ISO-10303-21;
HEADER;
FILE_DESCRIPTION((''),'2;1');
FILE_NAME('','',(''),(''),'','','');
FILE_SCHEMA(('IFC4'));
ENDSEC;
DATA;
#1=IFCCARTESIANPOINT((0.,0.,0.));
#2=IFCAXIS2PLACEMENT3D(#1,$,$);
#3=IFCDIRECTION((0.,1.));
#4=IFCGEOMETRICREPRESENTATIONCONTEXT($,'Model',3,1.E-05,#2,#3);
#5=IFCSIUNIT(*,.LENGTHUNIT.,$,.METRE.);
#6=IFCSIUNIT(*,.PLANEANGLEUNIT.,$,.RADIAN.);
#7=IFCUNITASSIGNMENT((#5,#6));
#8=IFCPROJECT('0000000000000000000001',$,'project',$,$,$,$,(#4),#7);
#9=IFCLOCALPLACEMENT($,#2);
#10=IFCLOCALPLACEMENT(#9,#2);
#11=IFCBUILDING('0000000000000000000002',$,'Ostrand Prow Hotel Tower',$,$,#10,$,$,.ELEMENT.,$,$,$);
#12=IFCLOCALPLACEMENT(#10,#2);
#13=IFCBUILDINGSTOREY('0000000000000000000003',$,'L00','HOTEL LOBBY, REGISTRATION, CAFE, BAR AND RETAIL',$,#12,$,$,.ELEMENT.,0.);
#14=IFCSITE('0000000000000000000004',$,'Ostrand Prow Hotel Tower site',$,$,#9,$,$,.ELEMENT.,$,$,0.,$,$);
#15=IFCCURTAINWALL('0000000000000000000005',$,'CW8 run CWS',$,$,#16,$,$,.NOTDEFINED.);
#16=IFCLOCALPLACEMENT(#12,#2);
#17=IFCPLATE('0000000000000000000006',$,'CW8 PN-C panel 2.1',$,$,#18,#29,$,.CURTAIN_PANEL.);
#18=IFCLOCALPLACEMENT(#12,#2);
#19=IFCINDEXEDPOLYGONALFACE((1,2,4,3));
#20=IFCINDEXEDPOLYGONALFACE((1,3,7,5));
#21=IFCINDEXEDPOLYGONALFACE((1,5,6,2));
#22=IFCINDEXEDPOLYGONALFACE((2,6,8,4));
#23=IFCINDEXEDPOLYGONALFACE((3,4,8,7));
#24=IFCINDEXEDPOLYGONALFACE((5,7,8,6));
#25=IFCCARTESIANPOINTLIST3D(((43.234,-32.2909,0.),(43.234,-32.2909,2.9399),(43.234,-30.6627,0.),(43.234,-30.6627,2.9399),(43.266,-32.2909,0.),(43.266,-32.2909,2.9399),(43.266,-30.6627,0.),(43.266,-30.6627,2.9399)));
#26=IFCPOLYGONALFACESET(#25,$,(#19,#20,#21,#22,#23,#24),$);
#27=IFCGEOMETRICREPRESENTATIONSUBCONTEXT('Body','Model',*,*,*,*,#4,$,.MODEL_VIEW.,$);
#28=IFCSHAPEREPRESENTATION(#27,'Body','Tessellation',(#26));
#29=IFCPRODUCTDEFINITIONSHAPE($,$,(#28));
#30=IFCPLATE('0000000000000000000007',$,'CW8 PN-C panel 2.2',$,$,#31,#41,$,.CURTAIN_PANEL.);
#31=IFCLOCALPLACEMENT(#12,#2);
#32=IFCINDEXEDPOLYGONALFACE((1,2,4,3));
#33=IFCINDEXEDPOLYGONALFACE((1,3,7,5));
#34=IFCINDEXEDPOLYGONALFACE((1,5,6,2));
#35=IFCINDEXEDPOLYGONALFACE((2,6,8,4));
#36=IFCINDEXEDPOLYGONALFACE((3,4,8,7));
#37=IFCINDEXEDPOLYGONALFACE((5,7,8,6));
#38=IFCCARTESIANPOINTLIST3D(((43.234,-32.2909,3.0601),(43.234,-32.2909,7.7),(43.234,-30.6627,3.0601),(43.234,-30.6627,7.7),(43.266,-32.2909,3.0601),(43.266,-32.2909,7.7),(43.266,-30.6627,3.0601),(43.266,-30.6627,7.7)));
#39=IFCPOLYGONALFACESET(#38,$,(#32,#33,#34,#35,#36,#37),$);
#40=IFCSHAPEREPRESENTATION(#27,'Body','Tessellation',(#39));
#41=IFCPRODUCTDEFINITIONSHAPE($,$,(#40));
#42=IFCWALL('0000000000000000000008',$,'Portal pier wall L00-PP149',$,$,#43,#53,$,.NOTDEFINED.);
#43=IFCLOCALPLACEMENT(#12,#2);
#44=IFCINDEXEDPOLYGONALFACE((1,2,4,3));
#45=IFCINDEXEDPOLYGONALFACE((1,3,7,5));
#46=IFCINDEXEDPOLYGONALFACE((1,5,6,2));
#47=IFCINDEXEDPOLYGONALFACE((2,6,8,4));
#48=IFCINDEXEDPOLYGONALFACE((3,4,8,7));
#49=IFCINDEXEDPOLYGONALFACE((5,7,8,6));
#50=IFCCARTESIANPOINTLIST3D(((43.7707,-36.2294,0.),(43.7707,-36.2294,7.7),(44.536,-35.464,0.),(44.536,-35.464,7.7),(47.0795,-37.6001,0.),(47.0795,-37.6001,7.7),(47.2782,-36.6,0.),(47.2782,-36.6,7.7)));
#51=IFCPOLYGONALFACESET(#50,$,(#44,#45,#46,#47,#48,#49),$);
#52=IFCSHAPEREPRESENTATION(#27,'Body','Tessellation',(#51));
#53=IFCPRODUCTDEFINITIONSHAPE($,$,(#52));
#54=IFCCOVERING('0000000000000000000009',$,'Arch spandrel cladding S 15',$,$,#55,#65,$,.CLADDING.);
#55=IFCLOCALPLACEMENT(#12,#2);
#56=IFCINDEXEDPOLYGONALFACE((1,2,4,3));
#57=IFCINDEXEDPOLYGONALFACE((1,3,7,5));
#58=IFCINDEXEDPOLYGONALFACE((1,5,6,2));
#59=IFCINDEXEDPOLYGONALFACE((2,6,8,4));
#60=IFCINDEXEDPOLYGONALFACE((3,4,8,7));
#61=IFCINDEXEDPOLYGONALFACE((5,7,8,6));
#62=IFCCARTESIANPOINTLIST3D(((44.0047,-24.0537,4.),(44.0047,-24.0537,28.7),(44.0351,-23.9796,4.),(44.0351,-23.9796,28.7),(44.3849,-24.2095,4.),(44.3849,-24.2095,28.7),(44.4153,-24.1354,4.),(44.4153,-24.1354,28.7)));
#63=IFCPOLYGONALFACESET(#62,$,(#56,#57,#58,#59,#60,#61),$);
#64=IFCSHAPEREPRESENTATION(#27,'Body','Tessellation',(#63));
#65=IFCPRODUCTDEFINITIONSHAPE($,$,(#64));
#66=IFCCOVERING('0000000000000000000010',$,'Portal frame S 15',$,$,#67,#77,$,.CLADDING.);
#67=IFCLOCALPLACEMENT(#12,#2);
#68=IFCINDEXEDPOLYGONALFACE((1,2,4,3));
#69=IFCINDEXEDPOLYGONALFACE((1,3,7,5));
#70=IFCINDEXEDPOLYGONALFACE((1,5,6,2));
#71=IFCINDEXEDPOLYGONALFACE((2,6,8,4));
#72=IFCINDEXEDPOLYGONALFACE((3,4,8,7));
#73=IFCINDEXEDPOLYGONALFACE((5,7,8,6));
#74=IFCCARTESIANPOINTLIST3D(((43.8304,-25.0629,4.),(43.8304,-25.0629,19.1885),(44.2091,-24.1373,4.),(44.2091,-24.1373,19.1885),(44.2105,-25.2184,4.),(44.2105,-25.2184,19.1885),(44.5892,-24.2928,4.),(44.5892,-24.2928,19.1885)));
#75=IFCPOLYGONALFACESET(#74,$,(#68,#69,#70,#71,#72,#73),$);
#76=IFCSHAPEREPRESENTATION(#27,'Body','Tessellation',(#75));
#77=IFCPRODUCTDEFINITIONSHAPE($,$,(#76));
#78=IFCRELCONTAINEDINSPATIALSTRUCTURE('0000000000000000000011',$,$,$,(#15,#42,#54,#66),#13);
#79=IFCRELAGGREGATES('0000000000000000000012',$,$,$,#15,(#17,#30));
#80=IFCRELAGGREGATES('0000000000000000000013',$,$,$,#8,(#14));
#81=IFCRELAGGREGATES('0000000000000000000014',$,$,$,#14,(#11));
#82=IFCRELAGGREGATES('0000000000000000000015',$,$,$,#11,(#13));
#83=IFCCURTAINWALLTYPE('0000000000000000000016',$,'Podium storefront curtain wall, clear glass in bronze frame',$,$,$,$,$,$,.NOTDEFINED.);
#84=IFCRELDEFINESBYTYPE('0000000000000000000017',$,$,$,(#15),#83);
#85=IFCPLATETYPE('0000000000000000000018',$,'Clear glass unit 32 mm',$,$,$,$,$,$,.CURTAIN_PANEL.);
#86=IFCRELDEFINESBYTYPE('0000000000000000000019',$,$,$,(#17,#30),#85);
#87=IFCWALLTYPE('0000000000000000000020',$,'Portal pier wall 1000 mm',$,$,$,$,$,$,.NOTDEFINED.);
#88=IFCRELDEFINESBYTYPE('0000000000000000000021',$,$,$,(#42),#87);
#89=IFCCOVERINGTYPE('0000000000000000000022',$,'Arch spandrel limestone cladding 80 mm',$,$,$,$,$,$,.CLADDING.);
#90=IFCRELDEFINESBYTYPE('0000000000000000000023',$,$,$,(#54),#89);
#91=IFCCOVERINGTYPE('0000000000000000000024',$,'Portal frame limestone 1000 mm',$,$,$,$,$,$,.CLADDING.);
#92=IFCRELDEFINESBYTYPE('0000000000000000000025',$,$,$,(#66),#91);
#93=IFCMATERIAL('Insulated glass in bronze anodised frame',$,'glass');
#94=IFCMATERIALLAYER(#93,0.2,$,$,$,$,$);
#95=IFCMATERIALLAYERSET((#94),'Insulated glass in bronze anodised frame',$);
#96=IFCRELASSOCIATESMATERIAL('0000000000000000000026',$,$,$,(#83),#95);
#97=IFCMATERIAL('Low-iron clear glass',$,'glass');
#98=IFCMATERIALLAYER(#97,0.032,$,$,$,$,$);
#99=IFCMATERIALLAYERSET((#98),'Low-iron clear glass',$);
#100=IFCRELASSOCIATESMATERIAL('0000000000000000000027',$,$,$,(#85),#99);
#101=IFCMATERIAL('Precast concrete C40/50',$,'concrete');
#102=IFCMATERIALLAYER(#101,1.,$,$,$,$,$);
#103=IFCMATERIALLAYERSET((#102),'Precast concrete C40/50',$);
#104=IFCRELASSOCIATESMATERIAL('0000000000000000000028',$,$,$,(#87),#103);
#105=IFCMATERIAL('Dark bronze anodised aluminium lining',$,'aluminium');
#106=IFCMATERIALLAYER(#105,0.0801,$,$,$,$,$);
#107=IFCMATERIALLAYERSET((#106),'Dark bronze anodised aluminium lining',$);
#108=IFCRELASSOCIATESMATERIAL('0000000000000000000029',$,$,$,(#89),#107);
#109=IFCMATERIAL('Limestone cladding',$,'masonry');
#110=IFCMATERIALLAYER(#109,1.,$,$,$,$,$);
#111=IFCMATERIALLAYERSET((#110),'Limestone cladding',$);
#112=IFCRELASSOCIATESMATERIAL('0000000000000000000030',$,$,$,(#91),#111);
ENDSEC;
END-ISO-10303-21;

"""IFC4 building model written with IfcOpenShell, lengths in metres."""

from ifc_helpers import new_model, si_unit, direction, frame, frame_2d, origin, origin_2d, place, context, subcontext, project, spatial, polyline, rectangle, outline, extrude, material, layer, layer_set, type_object, element, aggregate, save


model = new_model("IFC4")

# Units and contexts
model_context = context("Model", 3, precision=1e-05, world=origin(), true_north=direction((0.0, 1.0)))
body_context = subcontext(model_context, "Body", "Model", "MODEL_VIEW")
ifc_project = project(units=[si_unit("LENGTHUNIT", "METRE"), si_unit("PLANEANGLEUNIT", "RADIAN")], contexts=[model_context])

# Site, building, storey
site_placement = place(None, origin())
site = spatial("IfcSite", under=ifc_project, at=site_placement, Name="Ostrand Prow Hotel Tower site", CompositionType="ELEMENT", RefElevation=0.0)
building_placement = place(site_placement, origin())
building = spatial("IfcBuilding", under=site, at=building_placement, Name="Ostrand Prow Hotel Tower", CompositionType="ELEMENT")
storey_placement = place(building_placement, origin())
storey = spatial("IfcBuildingStorey", under=building, at=storey_placement, Name="L00", Description="HOTEL LOBBY, REGISTRATION, CAFE, BAR AND RETAIL", CompositionType="ELEMENT", Elevation=0.0)

# Curtain wall
ifc_material_1 = material(Name="Insulated glass in bronze anodised frame", Category="glass")
ifc_layer_1 = layer(ifc_material_1, 0.2)
ifc_layer_set_1 = layer_set([ifc_layer_1], Name="Insulated glass in bronze anodised frame")
curtain_wall_type = type_object("IfcCurtainWallType", Name="Podium storefront curtain wall, clear glass in bronze frame", PredefinedType="NOTDEFINED", material=ifc_layer_set_1)
curtain_wall_1_placement = place(storey_placement, origin())
curtain_wall_1 = element("IfcCurtainWall", 1, at=curtain_wall_1_placement, inside=storey, type_object=curtain_wall_type, Name="CW8 run CWS", PredefinedType="NOTDEFINED")

# Plates
ifc_material_2 = material(Name="Low-iron clear glass", Category="glass")
ifc_layer_2 = layer(ifc_material_2, 0.032)
ifc_layer_set_2 = layer_set([ifc_layer_2], Name="Low-iron clear glass")
plate_type = type_object("IfcPlateType", Name="Clear glass unit 32 mm", PredefinedType="CURTAIN_PANEL", material=ifc_layer_set_2)
plate_1_placement = place(storey_placement, frame((43.25, -31.4768, 0.0), z_axis=(0.0, 0.0, 1.0), x_axis=(0.0, -1.0, 0.0)))
plate_1 = element("IfcPlate", 2, at=plate_1_placement, type_object=plate_type, Name="CW8 PN-C panel 2.1", PredefinedType="CURTAIN_PANEL", context=body_context, shape_type="SweptSolid", body=[
    extrude(rectangle(XDim=1.6282, YDim=0.032, at=origin_2d()), origin(), (0.0, 0.0, 1.0), 2.9399),
])
plate_2_placement = place(storey_placement, frame((43.25, -31.4768, 3.0601), z_axis=(0.0, 0.0, 1.0), x_axis=(0.0, -1.0, 0.0)))
plate_2 = element("IfcPlate", 3, at=plate_2_placement, type_object=plate_type, Name="CW8 PN-C panel 2.2", PredefinedType="CURTAIN_PANEL", context=body_context, shape_type="SweptSolid", body=[
    extrude(rectangle(XDim=1.6282, YDim=0.032, at=origin_2d()), origin(), (0.0, 0.0, 1.0), 4.6399),
])
aggregate(curtain_wall_1, [plate_1, plate_2])

# Wall
ifc_material_3 = material(Name="Precast concrete C40/50", Category="concrete")
ifc_layer_3 = layer(ifc_material_3, 1.0)
ifc_layer_set_3 = layer_set([ifc_layer_3], Name="Precast concrete C40/50")
wall_type = type_object("IfcWallType", Name="Portal pier wall 1000 mm", PredefinedType="NOTDEFINED", material=ifc_layer_set_3)
wall_placement = place(storey_placement, frame((44.1533, -35.8467, 0.0), z_axis=(0.0, 0.0, 1.0), x_axis=(0.923862, -0.382725, 0.0)))
element("IfcWall", 4, at=wall_placement, inside=storey, type_object=wall_type, Name="Portal pier wall L00-PP149", PredefinedType="NOTDEFINED", context=body_context, shape_type="SweptSolid", body=[
    extrude(outline(polyline([(-0.207, -0.5), (3.3745, -0.5), (3.1753, 0.5), (0.207, 0.5), (-0.207, -0.5)])), origin(), (0.0, 0.0, 1.0), 7.7),
])

# Coverings
ifc_material_4 = material(Name="Dark bronze anodised aluminium lining", Category="aluminium")
ifc_layer_4 = layer(ifc_material_4, 0.0801)
ifc_layer_set_4 = layer_set([ifc_layer_4], Name="Dark bronze anodised aluminium lining")
covering_type_1 = type_object("IfcCoveringType", Name="Arch spandrel limestone cladding 80 mm", PredefinedType="CLADDING", material=ifc_layer_set_4)
covering_1_placement = place(storey_placement, frame((44.0198, -24.0166, 4.0), z_axis=(0.0, 0.0, 1.0), x_axis=(0.925329, -0.379165, 0.0)))
element("IfcCovering", 5, at=covering_1_placement, inside=storey, type_object=covering_type_1, Name="Arch spandrel cladding S 15", PredefinedType="CLADDING", context=body_context, shape_type="SweptSolid", body=[
    extrude(rectangle(XDim=0.4109, YDim=0.0801, at=frame_2d((0.2056, 0.0))), origin(), (0.0, 0.0, 1.0), 24.7),
])
ifc_material_5 = material(Name="Limestone cladding", Category="masonry")
ifc_layer_5 = layer(ifc_material_5, 1.0)
ifc_layer_set_5 = layer_set([ifc_layer_5], Name="Limestone cladding")
covering_type_2 = type_object("IfcCoveringType", Name="Portal frame limestone 1000 mm", PredefinedType="CLADDING", material=ifc_layer_set_5)
covering_2_placement = place(storey_placement, frame((44.0198, -24.6001, 4.0), z_axis=(0.0, 0.0, 1.0), x_axis=(0.925537, -0.378656, 0.0)))
element("IfcCovering", 6, at=covering_2_placement, inside=storey, type_object=covering_type_2, Name="Portal frame S 15", PredefinedType="CLADDING", context=body_context, shape_type="SweptSolid", body=[
    extrude(rectangle(XDim=0.4106, YDim=1.0, at=frame_2d((0.2053, 0.0))), origin(), (0.0, 0.0, 1.0), 15.1885),
])

save(model, "model.ifc")
